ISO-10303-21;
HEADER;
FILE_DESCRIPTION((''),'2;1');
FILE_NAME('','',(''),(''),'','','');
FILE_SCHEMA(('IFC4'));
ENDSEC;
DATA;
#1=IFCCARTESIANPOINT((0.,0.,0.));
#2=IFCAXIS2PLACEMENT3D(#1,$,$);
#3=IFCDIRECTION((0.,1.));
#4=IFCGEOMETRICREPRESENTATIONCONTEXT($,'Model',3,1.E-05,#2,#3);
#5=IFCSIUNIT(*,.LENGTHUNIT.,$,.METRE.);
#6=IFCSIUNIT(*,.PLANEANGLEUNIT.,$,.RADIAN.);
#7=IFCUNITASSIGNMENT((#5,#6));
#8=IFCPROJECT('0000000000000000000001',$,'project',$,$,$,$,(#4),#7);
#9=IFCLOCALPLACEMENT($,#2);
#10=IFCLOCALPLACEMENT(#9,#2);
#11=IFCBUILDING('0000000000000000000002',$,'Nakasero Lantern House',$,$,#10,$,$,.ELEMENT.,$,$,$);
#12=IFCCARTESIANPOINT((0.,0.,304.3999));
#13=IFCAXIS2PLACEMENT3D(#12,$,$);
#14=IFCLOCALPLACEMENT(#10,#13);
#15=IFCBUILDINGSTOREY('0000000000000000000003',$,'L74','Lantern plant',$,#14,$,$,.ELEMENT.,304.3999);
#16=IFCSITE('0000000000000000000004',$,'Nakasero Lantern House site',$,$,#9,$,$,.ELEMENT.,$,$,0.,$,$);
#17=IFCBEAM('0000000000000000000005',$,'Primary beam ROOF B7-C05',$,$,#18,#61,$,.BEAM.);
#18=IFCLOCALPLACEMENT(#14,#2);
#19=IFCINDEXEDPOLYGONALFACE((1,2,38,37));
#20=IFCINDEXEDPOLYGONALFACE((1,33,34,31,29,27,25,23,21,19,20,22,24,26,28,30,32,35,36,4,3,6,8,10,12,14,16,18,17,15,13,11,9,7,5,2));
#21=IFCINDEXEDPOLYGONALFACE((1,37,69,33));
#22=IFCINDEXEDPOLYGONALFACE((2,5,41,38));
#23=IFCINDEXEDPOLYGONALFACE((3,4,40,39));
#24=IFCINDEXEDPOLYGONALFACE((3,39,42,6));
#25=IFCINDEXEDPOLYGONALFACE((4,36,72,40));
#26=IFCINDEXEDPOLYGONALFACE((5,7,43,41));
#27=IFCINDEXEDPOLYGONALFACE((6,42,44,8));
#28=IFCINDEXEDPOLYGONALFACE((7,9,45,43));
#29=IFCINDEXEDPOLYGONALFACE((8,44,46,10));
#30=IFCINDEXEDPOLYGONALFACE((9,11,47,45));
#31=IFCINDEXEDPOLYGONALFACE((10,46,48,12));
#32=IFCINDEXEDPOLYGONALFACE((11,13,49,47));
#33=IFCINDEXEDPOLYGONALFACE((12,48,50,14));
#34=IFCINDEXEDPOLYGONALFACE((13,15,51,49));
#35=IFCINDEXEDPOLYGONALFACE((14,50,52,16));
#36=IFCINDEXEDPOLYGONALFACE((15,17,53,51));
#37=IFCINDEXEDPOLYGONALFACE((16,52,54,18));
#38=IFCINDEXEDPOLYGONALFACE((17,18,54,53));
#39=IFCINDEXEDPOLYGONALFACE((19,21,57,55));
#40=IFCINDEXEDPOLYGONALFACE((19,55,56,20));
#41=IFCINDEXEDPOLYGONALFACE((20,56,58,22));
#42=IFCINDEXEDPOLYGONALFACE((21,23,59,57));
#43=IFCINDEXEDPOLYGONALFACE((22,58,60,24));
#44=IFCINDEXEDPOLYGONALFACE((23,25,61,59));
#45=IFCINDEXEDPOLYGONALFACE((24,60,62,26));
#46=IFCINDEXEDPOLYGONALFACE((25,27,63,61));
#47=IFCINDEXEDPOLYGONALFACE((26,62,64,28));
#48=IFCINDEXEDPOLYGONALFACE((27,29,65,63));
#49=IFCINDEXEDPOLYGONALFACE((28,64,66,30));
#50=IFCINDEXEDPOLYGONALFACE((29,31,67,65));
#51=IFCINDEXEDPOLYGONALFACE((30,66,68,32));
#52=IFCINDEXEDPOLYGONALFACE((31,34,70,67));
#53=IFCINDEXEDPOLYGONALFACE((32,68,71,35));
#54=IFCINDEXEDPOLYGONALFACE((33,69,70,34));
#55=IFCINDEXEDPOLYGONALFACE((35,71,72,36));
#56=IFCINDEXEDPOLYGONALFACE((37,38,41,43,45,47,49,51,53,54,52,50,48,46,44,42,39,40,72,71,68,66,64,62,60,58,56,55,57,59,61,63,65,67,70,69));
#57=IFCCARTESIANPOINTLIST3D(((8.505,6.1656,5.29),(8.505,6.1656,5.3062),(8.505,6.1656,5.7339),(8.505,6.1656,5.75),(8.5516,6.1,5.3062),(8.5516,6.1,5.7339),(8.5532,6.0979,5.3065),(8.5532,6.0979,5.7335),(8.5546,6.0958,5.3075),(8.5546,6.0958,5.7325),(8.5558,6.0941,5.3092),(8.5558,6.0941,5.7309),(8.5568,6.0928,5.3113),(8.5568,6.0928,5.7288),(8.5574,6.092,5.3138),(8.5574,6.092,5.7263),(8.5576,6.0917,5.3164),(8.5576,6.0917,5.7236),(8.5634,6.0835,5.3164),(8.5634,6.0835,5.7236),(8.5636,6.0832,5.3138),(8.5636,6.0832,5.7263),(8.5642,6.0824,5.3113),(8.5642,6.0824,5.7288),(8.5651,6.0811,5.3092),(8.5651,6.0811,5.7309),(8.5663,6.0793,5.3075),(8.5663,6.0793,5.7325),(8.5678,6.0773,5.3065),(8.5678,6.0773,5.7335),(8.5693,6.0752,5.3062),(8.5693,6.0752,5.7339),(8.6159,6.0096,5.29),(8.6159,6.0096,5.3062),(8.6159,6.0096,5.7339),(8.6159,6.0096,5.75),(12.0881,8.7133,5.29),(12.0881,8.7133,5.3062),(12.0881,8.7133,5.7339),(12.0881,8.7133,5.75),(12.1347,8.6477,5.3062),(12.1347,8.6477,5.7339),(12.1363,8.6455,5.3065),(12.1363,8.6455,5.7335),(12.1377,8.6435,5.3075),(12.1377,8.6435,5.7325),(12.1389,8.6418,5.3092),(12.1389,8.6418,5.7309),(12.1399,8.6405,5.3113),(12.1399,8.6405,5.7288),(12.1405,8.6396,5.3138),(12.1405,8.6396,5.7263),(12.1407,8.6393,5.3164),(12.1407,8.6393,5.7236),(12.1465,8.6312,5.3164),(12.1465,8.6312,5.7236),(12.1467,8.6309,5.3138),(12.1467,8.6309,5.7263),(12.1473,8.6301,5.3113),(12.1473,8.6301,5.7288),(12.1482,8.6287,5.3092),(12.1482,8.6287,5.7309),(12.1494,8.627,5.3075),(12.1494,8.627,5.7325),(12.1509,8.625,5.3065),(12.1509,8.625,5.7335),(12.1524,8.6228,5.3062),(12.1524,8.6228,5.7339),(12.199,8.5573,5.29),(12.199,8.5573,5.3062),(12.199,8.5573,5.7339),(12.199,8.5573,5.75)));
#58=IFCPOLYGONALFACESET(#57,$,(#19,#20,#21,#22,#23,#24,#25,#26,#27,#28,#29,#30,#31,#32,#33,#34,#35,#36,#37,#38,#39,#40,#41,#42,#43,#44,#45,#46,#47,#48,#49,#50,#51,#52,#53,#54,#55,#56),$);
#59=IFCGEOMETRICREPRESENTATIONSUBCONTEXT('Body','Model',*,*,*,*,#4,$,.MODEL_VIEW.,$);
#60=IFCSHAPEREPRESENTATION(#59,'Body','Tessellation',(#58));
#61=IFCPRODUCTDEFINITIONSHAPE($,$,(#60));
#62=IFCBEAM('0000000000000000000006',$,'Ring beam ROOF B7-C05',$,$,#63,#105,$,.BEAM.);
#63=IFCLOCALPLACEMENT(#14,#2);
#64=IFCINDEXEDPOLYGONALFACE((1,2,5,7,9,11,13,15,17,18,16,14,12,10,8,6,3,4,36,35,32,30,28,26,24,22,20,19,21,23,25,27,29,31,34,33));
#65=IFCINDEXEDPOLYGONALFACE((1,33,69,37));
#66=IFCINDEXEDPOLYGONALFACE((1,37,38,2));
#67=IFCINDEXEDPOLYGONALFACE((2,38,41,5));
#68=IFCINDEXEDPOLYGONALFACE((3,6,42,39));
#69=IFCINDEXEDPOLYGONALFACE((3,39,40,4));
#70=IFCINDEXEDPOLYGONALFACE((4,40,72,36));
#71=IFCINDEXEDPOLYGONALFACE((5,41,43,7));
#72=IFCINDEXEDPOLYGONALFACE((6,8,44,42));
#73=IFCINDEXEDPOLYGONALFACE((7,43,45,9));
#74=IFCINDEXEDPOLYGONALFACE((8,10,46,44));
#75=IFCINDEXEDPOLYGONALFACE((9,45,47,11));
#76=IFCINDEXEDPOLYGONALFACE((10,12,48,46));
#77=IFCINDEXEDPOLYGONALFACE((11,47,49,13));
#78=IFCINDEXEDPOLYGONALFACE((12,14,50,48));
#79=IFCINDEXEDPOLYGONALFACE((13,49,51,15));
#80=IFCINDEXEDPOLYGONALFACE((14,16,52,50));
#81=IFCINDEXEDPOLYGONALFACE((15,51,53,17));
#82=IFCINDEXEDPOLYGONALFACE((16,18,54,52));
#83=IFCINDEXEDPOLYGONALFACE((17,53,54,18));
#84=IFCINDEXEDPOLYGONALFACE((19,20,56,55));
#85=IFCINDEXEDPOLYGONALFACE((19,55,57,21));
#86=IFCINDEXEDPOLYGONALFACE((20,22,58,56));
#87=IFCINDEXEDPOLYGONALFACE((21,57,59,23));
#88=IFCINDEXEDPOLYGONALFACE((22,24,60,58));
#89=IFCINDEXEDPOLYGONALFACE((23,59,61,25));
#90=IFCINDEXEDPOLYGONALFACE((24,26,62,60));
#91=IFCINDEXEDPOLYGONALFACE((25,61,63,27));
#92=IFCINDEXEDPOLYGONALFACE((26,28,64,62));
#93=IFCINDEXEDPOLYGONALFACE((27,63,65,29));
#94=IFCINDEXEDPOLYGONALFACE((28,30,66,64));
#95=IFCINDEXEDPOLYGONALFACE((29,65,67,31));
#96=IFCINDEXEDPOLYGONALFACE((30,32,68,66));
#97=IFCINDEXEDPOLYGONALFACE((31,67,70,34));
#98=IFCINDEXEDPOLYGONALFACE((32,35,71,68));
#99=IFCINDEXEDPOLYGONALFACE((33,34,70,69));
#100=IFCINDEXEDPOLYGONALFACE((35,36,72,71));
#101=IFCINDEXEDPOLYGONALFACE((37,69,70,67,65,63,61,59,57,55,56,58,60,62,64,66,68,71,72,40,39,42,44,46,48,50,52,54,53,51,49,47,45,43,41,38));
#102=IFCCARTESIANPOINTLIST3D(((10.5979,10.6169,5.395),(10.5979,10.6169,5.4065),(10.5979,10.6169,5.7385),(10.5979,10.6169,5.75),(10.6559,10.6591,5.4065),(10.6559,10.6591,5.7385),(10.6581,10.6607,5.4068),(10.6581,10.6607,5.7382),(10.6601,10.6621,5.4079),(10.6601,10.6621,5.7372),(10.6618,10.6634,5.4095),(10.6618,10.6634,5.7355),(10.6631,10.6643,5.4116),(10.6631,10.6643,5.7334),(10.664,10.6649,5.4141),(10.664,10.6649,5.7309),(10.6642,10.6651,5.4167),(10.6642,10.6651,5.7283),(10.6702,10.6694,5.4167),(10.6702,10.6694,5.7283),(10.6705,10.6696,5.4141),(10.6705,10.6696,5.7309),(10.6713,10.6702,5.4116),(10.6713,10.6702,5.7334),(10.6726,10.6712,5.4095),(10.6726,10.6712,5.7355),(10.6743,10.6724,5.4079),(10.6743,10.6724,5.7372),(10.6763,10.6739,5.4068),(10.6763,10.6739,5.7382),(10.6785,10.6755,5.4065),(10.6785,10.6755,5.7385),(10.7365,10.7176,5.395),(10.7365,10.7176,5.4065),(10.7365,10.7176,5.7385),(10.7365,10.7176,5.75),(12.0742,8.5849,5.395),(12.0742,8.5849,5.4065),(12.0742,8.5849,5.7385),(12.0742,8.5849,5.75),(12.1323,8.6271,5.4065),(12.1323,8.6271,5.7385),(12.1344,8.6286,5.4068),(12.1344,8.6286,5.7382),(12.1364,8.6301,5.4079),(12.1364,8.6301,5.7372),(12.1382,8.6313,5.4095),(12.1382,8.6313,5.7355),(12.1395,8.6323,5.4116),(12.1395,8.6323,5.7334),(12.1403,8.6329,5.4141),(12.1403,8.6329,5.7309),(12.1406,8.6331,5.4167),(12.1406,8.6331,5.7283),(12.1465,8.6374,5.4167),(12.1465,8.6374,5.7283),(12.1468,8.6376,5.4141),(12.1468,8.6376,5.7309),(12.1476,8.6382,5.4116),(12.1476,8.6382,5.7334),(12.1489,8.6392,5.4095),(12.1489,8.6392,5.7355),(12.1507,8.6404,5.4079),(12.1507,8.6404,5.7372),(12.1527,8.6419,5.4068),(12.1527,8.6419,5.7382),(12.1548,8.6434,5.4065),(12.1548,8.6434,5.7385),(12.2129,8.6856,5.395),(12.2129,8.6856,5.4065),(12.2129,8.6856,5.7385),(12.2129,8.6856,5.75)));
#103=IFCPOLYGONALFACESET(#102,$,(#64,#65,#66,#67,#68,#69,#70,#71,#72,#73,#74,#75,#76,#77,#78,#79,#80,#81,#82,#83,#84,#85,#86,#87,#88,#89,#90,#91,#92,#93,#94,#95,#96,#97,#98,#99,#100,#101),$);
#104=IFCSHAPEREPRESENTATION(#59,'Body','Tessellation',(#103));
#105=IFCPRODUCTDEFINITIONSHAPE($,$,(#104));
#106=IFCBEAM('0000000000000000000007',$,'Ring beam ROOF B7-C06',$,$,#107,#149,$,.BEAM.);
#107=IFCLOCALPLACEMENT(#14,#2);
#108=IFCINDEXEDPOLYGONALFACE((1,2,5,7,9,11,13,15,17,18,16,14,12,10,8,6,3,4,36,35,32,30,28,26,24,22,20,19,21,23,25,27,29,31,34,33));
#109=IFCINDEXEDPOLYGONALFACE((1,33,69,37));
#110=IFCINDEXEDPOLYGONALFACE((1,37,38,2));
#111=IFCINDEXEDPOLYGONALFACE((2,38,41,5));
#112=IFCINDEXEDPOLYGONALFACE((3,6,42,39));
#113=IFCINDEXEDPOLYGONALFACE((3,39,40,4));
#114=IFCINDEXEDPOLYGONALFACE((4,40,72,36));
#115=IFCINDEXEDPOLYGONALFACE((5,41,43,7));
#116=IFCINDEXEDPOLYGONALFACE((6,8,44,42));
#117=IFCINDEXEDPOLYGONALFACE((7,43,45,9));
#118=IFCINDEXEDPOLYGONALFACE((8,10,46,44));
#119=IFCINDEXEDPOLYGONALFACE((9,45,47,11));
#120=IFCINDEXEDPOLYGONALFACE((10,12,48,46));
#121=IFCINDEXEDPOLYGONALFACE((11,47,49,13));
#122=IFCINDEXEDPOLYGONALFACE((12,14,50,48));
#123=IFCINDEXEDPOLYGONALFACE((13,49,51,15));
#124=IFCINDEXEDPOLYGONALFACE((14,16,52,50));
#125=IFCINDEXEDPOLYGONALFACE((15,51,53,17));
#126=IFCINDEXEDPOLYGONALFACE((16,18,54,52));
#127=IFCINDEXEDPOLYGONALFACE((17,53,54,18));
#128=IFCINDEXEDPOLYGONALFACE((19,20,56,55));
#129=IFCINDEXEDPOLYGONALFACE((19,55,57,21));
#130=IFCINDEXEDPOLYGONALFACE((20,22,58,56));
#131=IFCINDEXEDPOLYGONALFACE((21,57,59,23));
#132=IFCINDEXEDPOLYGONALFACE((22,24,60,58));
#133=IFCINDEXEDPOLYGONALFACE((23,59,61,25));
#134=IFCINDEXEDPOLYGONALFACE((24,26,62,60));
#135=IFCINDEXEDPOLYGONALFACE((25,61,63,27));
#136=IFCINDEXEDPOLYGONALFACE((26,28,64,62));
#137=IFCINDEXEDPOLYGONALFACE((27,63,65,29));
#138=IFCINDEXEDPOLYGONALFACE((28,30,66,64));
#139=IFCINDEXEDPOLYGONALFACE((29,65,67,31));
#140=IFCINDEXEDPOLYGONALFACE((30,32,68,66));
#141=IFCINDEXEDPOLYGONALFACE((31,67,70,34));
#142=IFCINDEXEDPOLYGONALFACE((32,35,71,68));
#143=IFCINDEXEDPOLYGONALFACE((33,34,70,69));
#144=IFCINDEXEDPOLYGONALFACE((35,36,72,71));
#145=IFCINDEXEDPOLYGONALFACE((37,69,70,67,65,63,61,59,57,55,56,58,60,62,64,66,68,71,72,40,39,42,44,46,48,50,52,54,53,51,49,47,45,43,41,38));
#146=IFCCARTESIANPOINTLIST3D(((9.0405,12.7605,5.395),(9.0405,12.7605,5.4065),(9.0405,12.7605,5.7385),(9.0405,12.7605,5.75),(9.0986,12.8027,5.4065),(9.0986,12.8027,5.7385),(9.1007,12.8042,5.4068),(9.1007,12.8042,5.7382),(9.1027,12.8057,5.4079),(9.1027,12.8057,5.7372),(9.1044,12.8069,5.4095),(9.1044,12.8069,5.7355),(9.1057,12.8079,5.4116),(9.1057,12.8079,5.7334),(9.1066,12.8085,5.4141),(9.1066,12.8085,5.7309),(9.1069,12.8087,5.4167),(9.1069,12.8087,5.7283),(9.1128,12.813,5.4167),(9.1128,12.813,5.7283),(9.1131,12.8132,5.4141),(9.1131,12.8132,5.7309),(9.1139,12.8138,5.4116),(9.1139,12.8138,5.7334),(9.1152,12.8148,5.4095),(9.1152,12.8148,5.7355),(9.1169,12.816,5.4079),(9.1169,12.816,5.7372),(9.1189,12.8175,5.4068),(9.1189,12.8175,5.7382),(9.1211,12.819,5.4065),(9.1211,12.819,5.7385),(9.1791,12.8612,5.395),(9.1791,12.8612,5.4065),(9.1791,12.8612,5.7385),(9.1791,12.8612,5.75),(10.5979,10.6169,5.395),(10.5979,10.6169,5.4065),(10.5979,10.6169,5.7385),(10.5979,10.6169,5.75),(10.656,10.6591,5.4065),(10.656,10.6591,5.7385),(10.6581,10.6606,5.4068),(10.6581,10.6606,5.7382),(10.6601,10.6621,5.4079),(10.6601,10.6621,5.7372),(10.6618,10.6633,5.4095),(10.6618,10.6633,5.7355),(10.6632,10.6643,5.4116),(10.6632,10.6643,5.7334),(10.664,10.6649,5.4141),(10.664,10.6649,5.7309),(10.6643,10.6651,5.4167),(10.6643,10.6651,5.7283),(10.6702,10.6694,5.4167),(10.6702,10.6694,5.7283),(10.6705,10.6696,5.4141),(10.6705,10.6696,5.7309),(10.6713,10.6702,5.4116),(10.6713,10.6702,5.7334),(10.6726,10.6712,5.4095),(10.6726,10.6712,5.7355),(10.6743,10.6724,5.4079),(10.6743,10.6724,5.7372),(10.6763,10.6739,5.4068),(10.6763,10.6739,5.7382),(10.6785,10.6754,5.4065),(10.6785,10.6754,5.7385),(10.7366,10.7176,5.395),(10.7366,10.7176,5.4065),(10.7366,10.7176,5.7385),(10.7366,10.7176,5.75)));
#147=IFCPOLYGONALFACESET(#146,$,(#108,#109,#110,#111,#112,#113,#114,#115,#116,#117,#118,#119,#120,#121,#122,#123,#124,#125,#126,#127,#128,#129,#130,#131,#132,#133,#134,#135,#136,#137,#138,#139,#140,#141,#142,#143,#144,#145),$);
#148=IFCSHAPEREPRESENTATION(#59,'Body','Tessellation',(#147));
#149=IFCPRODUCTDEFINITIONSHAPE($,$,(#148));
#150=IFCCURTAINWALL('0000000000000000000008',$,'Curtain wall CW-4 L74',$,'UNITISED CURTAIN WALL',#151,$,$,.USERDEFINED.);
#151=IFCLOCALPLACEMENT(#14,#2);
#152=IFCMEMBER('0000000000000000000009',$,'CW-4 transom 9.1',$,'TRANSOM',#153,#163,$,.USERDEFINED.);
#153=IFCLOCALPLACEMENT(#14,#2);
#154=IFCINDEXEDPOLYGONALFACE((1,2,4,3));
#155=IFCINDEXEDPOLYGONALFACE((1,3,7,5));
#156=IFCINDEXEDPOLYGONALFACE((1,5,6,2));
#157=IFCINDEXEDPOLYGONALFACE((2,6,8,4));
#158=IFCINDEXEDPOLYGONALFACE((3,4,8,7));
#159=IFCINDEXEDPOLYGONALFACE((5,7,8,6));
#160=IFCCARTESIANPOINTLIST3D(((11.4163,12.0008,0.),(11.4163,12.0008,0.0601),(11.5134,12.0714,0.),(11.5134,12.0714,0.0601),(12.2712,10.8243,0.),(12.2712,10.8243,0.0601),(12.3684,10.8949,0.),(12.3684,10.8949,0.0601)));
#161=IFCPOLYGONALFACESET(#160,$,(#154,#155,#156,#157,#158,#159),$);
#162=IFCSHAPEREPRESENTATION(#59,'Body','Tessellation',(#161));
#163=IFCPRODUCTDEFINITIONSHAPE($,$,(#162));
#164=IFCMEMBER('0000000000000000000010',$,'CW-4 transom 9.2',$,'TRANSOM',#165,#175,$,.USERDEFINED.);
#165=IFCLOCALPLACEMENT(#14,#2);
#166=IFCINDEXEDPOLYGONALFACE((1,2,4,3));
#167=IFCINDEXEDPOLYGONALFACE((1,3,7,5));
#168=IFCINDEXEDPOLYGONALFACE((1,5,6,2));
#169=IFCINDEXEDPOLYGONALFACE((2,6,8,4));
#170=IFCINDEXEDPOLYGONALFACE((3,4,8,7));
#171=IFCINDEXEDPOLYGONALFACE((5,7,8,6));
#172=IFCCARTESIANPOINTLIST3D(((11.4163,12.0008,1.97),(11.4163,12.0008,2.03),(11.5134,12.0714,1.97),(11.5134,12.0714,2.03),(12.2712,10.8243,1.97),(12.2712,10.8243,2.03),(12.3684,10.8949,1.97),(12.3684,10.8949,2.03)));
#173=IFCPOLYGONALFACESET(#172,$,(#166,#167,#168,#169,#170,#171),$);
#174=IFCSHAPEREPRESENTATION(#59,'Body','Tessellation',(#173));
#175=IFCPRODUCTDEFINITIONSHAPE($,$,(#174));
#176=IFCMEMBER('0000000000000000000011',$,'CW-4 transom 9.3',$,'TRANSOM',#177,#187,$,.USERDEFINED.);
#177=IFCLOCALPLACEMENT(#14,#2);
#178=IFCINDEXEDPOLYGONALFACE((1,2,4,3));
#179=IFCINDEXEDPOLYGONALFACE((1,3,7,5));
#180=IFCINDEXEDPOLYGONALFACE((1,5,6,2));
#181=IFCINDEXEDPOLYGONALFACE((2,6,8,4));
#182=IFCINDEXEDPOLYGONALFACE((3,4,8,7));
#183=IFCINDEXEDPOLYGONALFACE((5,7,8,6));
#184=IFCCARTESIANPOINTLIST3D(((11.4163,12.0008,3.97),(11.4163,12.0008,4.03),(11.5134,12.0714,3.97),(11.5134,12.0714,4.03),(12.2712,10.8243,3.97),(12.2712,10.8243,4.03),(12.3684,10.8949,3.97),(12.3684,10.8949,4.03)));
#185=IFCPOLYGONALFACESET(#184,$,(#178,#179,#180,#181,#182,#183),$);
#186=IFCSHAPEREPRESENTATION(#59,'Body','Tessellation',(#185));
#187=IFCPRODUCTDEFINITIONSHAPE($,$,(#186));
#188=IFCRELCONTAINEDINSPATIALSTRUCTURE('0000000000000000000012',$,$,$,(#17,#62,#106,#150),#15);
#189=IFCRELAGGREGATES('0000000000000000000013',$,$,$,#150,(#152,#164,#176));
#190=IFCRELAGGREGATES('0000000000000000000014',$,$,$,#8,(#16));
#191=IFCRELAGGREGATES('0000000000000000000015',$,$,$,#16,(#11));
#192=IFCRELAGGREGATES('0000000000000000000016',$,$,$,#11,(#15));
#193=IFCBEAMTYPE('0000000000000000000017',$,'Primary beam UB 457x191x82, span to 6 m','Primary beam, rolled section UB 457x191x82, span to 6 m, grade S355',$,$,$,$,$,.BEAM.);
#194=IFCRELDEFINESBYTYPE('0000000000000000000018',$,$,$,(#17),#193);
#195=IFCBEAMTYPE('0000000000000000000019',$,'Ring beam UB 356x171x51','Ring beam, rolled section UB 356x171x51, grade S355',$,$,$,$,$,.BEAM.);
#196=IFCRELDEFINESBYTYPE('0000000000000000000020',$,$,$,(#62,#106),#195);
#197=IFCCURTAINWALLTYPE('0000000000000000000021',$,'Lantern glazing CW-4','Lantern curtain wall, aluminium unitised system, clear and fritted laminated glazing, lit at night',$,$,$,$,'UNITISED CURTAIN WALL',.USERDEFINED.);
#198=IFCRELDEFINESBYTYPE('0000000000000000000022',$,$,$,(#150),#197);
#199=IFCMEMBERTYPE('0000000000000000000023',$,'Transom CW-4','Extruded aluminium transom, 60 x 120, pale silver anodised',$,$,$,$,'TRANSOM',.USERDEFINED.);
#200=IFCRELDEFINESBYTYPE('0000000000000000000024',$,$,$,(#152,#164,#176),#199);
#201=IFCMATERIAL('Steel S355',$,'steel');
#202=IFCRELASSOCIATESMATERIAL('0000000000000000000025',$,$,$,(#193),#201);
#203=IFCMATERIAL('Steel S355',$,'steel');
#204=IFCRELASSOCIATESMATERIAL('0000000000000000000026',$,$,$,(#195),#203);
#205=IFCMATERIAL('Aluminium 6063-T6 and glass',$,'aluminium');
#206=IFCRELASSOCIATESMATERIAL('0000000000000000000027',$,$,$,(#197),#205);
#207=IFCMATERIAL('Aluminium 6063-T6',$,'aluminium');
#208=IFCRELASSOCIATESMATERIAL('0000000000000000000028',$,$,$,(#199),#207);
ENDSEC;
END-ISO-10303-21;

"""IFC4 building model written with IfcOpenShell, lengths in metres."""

from ifc_helpers import new_model, si_unit, direction, frame, origin, origin_2d, place, context, subcontext, project, spatial, rectangle, i_section, extrude, material, material_profile, profile_set, type_object, element, aggregate, save


model = new_model("IFC4")

# Units and contexts
model_context = context("Model", 3, precision=1e-05, world=origin(), true_north=direction((0.0, 1.0)))
body_context = subcontext(model_context, "Body", "Model", "MODEL_VIEW")
ifc_project = project(units=[si_unit("LENGTHUNIT", "METRE"), si_unit("PLANEANGLEUNIT", "RADIAN")], contexts=[model_context])

# Site, building, storey
site_placement = place(None, origin())
site = spatial("IfcSite", under=ifc_project, at=site_placement, Name="Nakasero Lantern House site", CompositionType="ELEMENT", RefElevation=0.0)
building_placement = place(site_placement, origin())
building = spatial("IfcBuilding", under=site, at=building_placement, Name="Nakasero Lantern House", CompositionType="ELEMENT")
storey_placement = place(building_placement, frame((0.0, 0.0, 304.3999)))
storey = spatial("IfcBuildingStorey", under=building, at=storey_placement, Name="L74", Description="Lantern plant", CompositionType="ELEMENT", Elevation=304.3999)

# Beams
ifc_material_1 = material(Name="Steel S355", Category="steel")
ifc_material_profile_1 = material_profile(ifc_material_1, i_section(OverallWidth=0.1914, OverallDepth=0.46, WebThickness=0.01, FlangeThickness=0.0161, FilletRadius=0.0103, at=origin_2d()), Name="UB 457x191x82")
ifc_profile_set_1 = profile_set([ifc_material_profile_1], Name="Steel S355")
beam_type_1 = type_object("IfcBeamType", Name="Primary beam UB 457x191x82, span to 6 m", Description="Primary beam, rolled section UB 457x191x82, span to 6 m, grade S355", PredefinedType="BEAM", material=ifc_profile_set_1)
beam_1_placement = place(storey_placement, frame((12.1436, 8.6353, 5.52), z_axis=(-0.814989, -0.579477, 0.0), x_axis=(0.579477, -0.814989, 0.0)))
element("IfcBeam", 1, at=beam_1_placement, inside=storey, type_object=beam_type_1, Name="Primary beam ROOF B7-C05", PredefinedType="BEAM", context=body_context, shape_type="SweptSolid", body=[
    extrude(i_section(OverallWidth=0.1914, OverallDepth=0.46, WebThickness=0.01, FlangeThickness=0.0161, FilletRadius=0.0103, at=origin_2d()), origin(), (0.0, 0.0, 1.0), 4.3965),
])
ifc_material_2 = material(Name="Steel S355", Category="steel")
ifc_material_profile_2 = material_profile(ifc_material_2, i_section(OverallWidth=0.1714, OverallDepth=0.355, WebThickness=0.0073, FlangeThickness=0.0115, FilletRadius=0.0103, at=origin_2d()), Name="UB 356x171x51")
ifc_profile_set_2 = profile_set([ifc_material_profile_2], Name="Steel S355")
beam_type_2 = type_object("IfcBeamType", Name="Ring beam UB 356x171x51", Description="Ring beam, rolled section UB 356x171x51, grade S355", PredefinedType="BEAM", material=ifc_profile_set_2)
beam_2_placement = place(storey_placement, frame((12.1436, 8.6353, 5.5725), z_axis=(-0.587784, 0.809018, 0.0), x_axis=(-0.809018, -0.587784, 0.0)))
element("IfcBeam", 2, at=beam_2_placement, inside=storey, type_object=beam_type_2, Name="Ring beam ROOF B7-C05", PredefinedType="BEAM", context=body_context, shape_type="SweptSolid", body=[
    extrude(i_section(OverallWidth=0.1714, OverallDepth=0.355, WebThickness=0.0073, FlangeThickness=0.0115, FilletRadius=0.0103, at=origin_2d()), origin(), (0.0, 0.0, 1.0), 2.5117),
])
beam_3_placement = place(storey_placement, frame((10.6672, 10.6672, 5.5725), z_axis=(-0.587783, 0.809019, 0.0), x_axis=(-0.809019, -0.587783, 0.0)))
element("IfcBeam", 3, at=beam_3_placement, inside=storey, type_object=beam_type_2, Name="Ring beam ROOF B7-C06", PredefinedType="BEAM", context=body_context, shape_type="SweptSolid", body=[
    extrude(i_section(OverallWidth=0.1714, OverallDepth=0.355, WebThickness=0.0073, FlangeThickness=0.0115, FilletRadius=0.0103, at=origin_2d()), origin(), (0.0, 0.0, 1.0), 2.6497),
])

# Curtain wall, members
ifc_material_3 = material(Name="Aluminium 6063-T6 and glass", Category="aluminium")
curtain_wall_type = type_object("IfcCurtainWallType", Name="Lantern glazing CW-4", Description="Lantern curtain wall, aluminium unitised system, clear and fritted laminated glazing, lit at night", ElementType="UNITISED CURTAIN WALL", PredefinedType="USERDEFINED", material=ifc_material_3)
curtain_wall_placement = place(storey_placement, origin())
curtain_wall = element("IfcCurtainWall", 4, at=curtain_wall_placement, inside=storey, type_object=curtain_wall_type, Name="Curtain wall CW-4 L74", ObjectType="UNITISED CURTAIN WALL", PredefinedType="USERDEFINED")
ifc_material_4 = material(Name="Aluminium 6063-T6", Category="aluminium")
ifc_material_profile_3 = material_profile(ifc_material_4, rectangle(XDim=0.0601, YDim=0.1201, at=origin_2d()), Name="CW-4 transom 60x120")
ifc_profile_set_3 = profile_set([ifc_material_profile_3], Name="Aluminium 6063-T6")
member_type = type_object("IfcMemberType", Name="Transom CW-4", Description="Extruded aluminium transom, 60 x 120, pale silver anodised", ElementType="TRANSOM", PredefinedType="USERDEFINED", material=ifc_profile_set_3)
member_1_placement = place(storey_placement, frame((12.3198, 10.8596, 0.03), z_axis=(-0.587872, 0.808954, 0.0), x_axis=(0.0, 0.0, 1.0)))
member_1 = element("IfcMember", 5, at=member_1_placement, type_object=member_type, Name="CW-4 transom 9.1", ObjectType="TRANSOM", PredefinedType="USERDEFINED", context=body_context, shape_type="SweptSolid", body=[
    extrude(rectangle(XDim=0.0601, YDim=0.1201, at=origin_2d()), origin(), (0.0, 0.0, 1.0), 1.4543),
])
member_2_placement = place(storey_placement, frame((12.3198, 10.8596, 2.0), z_axis=(-0.587872, 0.808954, 0.0), x_axis=(0.0, 0.0, 1.0)))
member_2 = element("IfcMember", 6, at=member_2_placement, type_object=member_type, Name="CW-4 transom 9.2", ObjectType="TRANSOM", PredefinedType="USERDEFINED", context=body_context, shape_type="SweptSolid", body=[
    extrude(rectangle(XDim=0.0601, YDim=0.1201, at=origin_2d()), origin(), (0.0, 0.0, 1.0), 1.4543),
])
member_3_placement = place(storey_placement, frame((12.3198, 10.8596, 4.0), z_axis=(-0.587872, 0.808954, 0.0), x_axis=(0.0, 0.0, 1.0)))
member_3 = element("IfcMember", 7, at=member_3_placement, type_object=member_type, Name="CW-4 transom 9.3", ObjectType="TRANSOM", PredefinedType="USERDEFINED", context=body_context, shape_type="SweptSolid", body=[
    extrude(rectangle(XDim=0.0601, YDim=0.1201, at=origin_2d()), origin(), (0.0, 0.0, 1.0), 1.4543),
])
aggregate(curtain_wall, [member_1, member_2, member_3])

save(model, "model.ifc")
